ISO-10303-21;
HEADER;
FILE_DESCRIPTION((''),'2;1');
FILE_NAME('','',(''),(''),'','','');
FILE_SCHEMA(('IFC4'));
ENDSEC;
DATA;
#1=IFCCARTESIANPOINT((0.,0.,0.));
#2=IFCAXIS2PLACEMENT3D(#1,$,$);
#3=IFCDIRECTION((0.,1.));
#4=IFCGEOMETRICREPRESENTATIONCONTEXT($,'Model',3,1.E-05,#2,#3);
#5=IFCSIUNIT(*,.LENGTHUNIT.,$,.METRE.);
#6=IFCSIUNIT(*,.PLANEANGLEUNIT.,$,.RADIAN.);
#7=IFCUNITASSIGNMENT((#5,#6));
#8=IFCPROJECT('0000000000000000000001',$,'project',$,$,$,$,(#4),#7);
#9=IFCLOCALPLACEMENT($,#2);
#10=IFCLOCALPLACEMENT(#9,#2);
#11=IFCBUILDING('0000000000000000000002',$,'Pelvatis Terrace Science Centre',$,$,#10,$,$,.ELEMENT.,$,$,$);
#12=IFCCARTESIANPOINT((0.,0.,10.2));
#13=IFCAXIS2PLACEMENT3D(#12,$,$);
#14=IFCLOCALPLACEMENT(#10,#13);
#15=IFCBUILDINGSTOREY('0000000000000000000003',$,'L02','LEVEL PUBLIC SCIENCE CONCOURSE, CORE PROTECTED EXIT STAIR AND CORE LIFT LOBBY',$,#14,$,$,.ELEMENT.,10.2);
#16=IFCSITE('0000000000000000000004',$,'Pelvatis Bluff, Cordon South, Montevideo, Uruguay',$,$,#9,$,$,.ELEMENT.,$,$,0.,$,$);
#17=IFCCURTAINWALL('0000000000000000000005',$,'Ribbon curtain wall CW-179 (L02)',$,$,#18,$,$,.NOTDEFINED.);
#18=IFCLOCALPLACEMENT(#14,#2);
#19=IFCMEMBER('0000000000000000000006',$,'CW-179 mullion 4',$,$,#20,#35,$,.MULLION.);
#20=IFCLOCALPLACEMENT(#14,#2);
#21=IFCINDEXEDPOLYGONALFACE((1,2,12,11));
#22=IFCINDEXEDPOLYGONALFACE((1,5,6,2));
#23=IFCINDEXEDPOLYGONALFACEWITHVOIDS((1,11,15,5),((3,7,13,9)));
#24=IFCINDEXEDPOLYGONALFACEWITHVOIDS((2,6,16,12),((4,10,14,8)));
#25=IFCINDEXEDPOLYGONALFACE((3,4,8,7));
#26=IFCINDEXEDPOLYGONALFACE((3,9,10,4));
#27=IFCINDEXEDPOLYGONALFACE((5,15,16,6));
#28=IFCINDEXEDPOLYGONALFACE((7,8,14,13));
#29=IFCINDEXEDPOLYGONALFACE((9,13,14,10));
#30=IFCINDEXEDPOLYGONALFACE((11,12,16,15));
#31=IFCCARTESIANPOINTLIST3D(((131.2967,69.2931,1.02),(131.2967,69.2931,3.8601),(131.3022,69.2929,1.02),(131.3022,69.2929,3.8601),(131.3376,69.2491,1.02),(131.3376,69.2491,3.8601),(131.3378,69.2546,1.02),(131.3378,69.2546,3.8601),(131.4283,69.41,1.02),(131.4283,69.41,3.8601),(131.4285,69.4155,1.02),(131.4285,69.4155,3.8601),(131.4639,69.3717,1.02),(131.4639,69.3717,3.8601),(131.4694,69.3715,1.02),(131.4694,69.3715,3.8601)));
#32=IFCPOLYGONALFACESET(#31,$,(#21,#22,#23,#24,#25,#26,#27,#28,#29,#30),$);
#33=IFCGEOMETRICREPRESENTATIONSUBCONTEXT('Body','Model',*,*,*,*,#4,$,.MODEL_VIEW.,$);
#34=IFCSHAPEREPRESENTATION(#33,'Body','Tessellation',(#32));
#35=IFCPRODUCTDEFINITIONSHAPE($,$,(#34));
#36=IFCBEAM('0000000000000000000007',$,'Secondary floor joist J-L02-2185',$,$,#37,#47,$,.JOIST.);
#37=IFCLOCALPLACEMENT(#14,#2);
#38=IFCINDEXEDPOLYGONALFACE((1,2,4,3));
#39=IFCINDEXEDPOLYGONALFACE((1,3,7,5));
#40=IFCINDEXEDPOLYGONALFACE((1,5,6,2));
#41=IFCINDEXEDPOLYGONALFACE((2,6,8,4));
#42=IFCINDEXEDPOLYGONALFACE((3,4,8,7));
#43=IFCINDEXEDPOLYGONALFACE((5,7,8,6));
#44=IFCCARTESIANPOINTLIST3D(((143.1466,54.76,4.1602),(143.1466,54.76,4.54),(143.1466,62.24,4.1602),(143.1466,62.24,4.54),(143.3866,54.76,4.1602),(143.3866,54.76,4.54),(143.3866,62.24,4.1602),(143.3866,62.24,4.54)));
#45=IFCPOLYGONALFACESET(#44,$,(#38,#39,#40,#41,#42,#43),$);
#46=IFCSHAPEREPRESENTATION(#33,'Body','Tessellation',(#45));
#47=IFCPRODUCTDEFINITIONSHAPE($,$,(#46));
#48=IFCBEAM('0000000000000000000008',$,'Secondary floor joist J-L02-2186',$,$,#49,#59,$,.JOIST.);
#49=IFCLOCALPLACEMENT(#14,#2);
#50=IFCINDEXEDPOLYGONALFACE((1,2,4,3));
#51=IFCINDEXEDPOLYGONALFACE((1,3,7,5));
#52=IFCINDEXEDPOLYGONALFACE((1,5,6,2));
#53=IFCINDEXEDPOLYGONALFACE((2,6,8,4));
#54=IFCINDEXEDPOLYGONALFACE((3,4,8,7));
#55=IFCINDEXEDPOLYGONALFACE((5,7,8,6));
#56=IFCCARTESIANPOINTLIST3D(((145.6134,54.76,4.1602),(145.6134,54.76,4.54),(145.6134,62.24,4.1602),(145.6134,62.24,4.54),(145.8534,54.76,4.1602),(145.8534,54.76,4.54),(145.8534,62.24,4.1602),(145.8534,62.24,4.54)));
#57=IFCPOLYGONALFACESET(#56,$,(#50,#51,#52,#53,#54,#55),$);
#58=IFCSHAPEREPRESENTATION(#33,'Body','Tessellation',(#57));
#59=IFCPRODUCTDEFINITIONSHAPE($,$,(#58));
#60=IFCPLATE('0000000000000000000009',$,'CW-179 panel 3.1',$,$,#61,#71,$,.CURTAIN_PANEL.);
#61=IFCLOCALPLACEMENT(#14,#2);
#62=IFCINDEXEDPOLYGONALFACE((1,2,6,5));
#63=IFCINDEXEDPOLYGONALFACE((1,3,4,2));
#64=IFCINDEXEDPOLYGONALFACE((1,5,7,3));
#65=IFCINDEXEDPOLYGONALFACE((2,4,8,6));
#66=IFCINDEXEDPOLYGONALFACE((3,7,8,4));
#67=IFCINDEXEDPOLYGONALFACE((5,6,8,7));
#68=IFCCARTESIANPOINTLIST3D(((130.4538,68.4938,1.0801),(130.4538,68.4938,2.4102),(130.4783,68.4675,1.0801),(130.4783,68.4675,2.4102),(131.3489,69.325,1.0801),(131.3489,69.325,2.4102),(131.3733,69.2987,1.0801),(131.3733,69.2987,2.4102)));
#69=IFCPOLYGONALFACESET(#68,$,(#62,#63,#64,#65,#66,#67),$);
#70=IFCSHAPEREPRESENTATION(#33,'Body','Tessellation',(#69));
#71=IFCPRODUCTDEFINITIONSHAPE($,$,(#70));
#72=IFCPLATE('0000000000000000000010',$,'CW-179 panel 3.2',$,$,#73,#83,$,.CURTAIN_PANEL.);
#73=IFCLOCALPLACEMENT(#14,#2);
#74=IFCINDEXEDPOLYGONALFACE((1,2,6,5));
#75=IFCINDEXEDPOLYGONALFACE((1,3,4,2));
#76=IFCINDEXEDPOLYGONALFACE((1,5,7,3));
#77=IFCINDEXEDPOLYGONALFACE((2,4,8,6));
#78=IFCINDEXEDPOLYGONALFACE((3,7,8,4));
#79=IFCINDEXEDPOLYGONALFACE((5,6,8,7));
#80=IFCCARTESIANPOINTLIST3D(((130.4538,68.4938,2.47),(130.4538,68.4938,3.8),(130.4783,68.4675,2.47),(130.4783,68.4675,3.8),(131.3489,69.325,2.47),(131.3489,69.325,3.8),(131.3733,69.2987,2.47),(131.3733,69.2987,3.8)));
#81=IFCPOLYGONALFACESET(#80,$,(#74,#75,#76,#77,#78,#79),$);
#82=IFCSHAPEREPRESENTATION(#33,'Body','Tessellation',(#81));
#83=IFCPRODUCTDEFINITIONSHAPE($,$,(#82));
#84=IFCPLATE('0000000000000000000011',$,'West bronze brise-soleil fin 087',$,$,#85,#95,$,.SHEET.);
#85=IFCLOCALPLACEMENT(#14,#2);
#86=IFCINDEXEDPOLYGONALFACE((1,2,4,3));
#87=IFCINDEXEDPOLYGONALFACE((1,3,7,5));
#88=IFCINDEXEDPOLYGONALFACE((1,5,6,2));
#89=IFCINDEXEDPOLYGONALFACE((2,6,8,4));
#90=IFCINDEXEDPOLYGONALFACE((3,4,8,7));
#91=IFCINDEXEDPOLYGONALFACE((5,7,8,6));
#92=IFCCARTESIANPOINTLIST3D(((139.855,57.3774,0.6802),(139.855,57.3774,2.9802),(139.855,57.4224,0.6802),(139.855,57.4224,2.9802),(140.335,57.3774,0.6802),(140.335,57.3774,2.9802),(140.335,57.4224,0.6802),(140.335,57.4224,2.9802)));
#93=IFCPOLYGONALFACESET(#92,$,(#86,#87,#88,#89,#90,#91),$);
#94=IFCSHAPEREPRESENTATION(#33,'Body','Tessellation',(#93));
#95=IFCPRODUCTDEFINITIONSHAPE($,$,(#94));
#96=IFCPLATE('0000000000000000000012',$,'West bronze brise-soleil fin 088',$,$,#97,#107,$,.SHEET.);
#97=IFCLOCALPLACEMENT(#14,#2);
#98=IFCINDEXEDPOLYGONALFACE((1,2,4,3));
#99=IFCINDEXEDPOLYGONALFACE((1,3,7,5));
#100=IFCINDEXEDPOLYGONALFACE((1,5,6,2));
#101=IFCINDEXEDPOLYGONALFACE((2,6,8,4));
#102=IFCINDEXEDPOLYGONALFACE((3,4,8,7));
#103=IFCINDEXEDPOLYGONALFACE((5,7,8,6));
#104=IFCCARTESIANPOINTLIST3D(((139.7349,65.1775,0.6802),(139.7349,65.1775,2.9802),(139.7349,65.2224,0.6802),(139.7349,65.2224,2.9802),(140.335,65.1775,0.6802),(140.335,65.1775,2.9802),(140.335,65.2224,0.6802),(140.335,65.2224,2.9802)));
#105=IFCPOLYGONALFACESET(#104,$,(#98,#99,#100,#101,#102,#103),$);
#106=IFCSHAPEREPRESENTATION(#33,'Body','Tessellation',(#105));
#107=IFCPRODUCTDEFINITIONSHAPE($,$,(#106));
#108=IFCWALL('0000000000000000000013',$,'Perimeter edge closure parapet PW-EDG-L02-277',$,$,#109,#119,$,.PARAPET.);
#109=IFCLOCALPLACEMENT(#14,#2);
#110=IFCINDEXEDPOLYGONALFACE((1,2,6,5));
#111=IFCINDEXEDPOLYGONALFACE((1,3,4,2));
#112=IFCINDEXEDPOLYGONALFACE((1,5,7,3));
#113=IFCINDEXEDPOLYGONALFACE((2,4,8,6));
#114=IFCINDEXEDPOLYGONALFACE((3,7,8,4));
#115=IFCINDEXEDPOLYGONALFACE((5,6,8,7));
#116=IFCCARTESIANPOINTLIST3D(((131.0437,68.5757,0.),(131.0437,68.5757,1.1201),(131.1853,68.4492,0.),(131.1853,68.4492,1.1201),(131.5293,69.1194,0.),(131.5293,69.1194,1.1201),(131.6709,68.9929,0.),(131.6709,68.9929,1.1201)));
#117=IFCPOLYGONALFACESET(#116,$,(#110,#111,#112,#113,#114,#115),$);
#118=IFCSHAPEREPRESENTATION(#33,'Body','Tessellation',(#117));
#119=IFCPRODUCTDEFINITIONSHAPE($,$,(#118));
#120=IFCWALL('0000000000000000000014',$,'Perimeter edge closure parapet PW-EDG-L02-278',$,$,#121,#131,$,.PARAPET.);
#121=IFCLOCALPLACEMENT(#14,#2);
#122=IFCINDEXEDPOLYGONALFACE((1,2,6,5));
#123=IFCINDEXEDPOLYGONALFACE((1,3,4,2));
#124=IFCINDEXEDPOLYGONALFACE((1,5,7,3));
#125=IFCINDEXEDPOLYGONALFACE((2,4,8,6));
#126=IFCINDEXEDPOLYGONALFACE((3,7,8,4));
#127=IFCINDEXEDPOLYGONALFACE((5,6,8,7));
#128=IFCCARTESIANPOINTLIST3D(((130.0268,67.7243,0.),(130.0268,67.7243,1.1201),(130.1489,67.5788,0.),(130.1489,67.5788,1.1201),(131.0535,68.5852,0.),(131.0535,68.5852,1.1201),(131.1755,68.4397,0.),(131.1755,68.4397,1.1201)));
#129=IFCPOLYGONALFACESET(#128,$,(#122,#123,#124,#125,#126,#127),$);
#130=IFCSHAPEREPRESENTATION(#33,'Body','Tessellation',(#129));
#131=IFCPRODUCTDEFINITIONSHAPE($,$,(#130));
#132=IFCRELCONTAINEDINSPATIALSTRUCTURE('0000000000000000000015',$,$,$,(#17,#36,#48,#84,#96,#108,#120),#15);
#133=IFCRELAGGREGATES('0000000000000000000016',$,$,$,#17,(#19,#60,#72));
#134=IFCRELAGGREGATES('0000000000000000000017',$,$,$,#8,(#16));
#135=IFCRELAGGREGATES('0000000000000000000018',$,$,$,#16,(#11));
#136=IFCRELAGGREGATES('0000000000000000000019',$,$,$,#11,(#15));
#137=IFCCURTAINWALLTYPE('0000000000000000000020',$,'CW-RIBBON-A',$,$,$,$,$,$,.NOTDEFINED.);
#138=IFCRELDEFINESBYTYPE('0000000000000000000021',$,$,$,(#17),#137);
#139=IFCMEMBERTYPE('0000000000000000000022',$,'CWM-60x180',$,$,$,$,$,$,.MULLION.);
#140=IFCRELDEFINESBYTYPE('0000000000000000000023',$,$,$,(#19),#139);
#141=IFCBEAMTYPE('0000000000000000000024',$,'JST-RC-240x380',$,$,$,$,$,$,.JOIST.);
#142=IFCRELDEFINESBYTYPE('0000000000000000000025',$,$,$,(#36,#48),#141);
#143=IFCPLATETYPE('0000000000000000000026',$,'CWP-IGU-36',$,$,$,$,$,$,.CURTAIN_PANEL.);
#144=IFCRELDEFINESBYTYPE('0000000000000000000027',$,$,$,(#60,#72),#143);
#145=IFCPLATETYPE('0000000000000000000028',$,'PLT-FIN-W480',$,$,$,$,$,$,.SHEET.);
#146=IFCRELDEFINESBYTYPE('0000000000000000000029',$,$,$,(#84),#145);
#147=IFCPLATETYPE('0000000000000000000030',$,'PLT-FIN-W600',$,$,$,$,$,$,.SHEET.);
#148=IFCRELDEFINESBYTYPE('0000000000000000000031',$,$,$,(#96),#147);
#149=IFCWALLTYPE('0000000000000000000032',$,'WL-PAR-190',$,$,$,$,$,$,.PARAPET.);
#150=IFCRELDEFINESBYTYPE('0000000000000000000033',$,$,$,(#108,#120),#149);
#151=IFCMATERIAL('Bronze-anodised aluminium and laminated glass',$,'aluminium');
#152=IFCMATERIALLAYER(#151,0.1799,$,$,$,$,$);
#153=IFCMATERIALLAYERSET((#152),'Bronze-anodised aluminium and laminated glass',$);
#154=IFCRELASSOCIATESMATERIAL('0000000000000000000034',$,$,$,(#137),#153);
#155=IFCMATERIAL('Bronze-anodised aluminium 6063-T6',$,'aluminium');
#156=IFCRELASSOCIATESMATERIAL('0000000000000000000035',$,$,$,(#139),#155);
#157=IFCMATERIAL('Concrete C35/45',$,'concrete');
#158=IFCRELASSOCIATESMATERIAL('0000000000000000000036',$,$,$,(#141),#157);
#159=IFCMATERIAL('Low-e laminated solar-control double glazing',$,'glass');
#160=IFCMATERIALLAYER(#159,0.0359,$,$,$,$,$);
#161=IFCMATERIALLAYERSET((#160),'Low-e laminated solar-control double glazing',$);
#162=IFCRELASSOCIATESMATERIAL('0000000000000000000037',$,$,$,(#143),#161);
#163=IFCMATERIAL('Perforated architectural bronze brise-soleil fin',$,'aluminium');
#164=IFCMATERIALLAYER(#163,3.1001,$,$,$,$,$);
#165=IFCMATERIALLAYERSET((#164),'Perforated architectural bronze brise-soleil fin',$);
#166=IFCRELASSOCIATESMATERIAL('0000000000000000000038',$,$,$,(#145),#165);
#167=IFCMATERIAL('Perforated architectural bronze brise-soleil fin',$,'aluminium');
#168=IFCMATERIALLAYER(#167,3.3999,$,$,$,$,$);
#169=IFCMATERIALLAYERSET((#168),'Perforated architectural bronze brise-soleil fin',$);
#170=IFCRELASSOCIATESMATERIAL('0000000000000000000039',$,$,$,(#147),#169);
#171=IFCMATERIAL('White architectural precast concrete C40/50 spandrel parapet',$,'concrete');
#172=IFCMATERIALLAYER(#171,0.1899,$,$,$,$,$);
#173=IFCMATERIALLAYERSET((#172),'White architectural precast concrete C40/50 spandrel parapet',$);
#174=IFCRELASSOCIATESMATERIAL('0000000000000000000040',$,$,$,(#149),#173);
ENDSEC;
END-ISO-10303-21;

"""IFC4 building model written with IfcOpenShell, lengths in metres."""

from ifc_helpers import new_model, si_unit, direction, frame, frame_2d, origin, origin_2d, place, context, subcontext, project, spatial, rectangle, hollow_rectangle, extrude, material, layer, layer_set, material_profile, profile_set, type_object, element, aggregate, save


model = new_model("IFC4")

# Units and contexts
model_context = context("Model", 3, precision=1e-05, world=origin(), true_north=direction((0.0, 1.0)))
body_context = subcontext(model_context, "Body", "Model", "MODEL_VIEW")
ifc_project = project(units=[si_unit("LENGTHUNIT", "METRE"), si_unit("PLANEANGLEUNIT", "RADIAN")], contexts=[model_context])

# Site, building, storey
site_placement = place(None, origin())
site = spatial("IfcSite", under=ifc_project, at=site_placement, Name="Pelvatis Bluff, Cordon South, Montevideo, Uruguay", CompositionType="ELEMENT", RefElevation=0.0)
building_placement = place(site_placement, origin())
building = spatial("IfcBuilding", under=site, at=building_placement, Name="Pelvatis Terrace Science Centre", CompositionType="ELEMENT")
storey_placement = place(building_placement, frame((0.0, 0.0, 10.2)))
storey = spatial("IfcBuildingStorey", under=building, at=storey_placement, Name="L02", Description="LEVEL PUBLIC SCIENCE CONCOURSE, CORE PROTECTED EXIT STAIR AND CORE LIFT LOBBY", CompositionType="ELEMENT", Elevation=10.2)

# Curtain wall, member
ifc_material_1 = material(Name="Bronze-anodised aluminium and laminated glass", Category="aluminium")
ifc_layer_1 = layer(ifc_material_1, 0.1799)
ifc_layer_set_1 = layer_set([ifc_layer_1], Name="Bronze-anodised aluminium and laminated glass")
curtain_wall_type = type_object("IfcCurtainWallType", Name="CW-RIBBON-A", PredefinedType="NOTDEFINED", material=ifc_layer_set_1)
curtain_wall_placement = place(storey_placement, origin())
curtain_wall = element("IfcCurtainWall", 1, at=curtain_wall_placement, inside=storey, type_object=curtain_wall_type, Name="Ribbon curtain wall CW-179 (L02)", PredefinedType="NOTDEFINED")
ifc_material_2 = material(Name="Bronze-anodised aluminium 6063-T6", Category="aluminium")
ifc_material_profile_1 = material_profile(ifc_material_2, hollow_rectangle(XDim=0.0601, YDim=0.1799, WallThickness=0.0039, at=origin_2d()), Name="ALU-MUL 60x180")
ifc_profile_set_1 = profile_set([ifc_material_profile_1], Name="Bronze-anodised aluminium 6063-T6")
member_type = type_object("IfcMemberType", Name="CWM-60x180", PredefinedType="MULLION", material=ifc_profile_set_1)
member_placement = place(storey_placement, frame((131.3831, 69.3323, 1.02), z_axis=(0.0, 0.0, 1.0), x_axis=(-0.68047, 0.732776, 0.0)))
member = element("IfcMember", 2, at=member_placement, type_object=member_type, Name="CW-179 mullion 4", PredefinedType="MULLION", context=body_context, shape_type="SweptSolid", body=[
    extrude(hollow_rectangle(XDim=0.0601, YDim=0.1799, WallThickness=0.0039, at=origin_2d()), origin(), (0.0, 0.0, 1.0), 2.8401),
])

# Beams
ifc_material_3 = material(Name="Concrete C35/45", Category="concrete")
ifc_material_profile_2 = material_profile(ifc_material_3, rectangle(XDim=0.24, YDim=0.3799, at=origin_2d()), Name="RC-JST 240x380")
ifc_profile_set_2 = profile_set([ifc_material_profile_2], Name="Concrete C35/45")
beam_type_1 = type_object("IfcBeamType", Name="JST-RC-240x380", PredefinedType="JOIST", material=ifc_profile_set_2)
for number, where, z_axis, x_axis, name in (
    (3, (143.2666, 54.76, 4.3501), (0.0, 1.0, 0.0), (-1.0, 0.0, 0.0), "Secondary floor joist J-L02-2185"),
    (4, (145.7334, 54.76, 4.3501), (0.0, 1.0, 0.0), (-1.0, 0.0, 0.0), "Secondary floor joist J-L02-2186"),
):
    element("IfcBeam", number, at=place(storey_placement, frame(where, z_axis=z_axis, x_axis=x_axis)), inside=storey, type_object=beam_type_1, Name=name, PredefinedType="JOIST", context=body_context, shape_type="SweptSolid", body=[
        extrude(rectangle(XDim=0.24, YDim=0.3799, at=origin_2d()), origin(), (0.0, 0.0, 1.0), 7.48),
    ])

# Plates
ifc_material_4 = material(Name="Low-e laminated solar-control double glazing", Category="glass")
ifc_layer_2 = layer(ifc_material_4, 0.0359)
ifc_layer_set_2 = layer_set([ifc_layer_2], Name="Low-e laminated solar-control double glazing")
plate_type_1 = type_object("IfcPlateType", Name="CWP-IGU-36", PredefinedType="CURTAIN_PANEL", material=ifc_layer_set_2)
plate_1_placement = place(storey_placement, frame((130.9136, 68.8962, 1.0801), z_axis=(0.0, 0.0, 1.0), x_axis=(0.732776, 0.68047, 0.0)))
plate_1 = element("IfcPlate", 5, at=plate_1_placement, type_object=plate_type_1, Name="CW-179 panel 3.1", PredefinedType="CURTAIN_PANEL", context=body_context, shape_type="SweptSolid", body=[
    extrude(rectangle(XDim=1.2214, YDim=0.0359, at=origin_2d()), origin(), (0.0, 0.0, 1.0), 1.3301),
])
plate_2_placement = place(storey_placement, frame((130.9136, 68.8962, 2.47), z_axis=(0.0, 0.0, 1.0), x_axis=(0.732776, 0.68047, 0.0)))
plate_2 = element("IfcPlate", 6, at=plate_2_placement, type_object=plate_type_1, Name="CW-179 panel 3.2", PredefinedType="CURTAIN_PANEL", context=body_context, shape_type="SweptSolid", body=[
    extrude(rectangle(XDim=1.2214, YDim=0.0359, at=origin_2d()), origin(), (0.0, 0.0, 1.0), 1.3301),
])
aggregate(curtain_wall, [member, plate_1, plate_2])

# Plates
ifc_material_5 = material(Name="Perforated architectural bronze brise-soleil fin", Category="aluminium")
ifc_layer_3 = layer(ifc_material_5, 3.1001)
ifc_layer_set_3 = layer_set([ifc_layer_3], Name="Perforated architectural bronze brise-soleil fin")
plate_type_2 = type_object("IfcPlateType", Name="PLT-FIN-W480", PredefinedType="SHEET", material=ifc_layer_set_3)
plate_3_placement = place(storey_placement, frame((140.095, 57.3999, 0.6802), z_axis=(0.0, 0.0, 1.0), x_axis=(1.0, 0.0, 0.0)))
element("IfcPlate", 7, at=plate_3_placement, inside=storey, type_object=plate_type_2, Name="West bronze brise-soleil fin 087", PredefinedType="SHEET", context=body_context, shape_type="SweptSolid", body=[
    extrude(rectangle(XDim=0.48, YDim=0.0449, at=origin_2d()), origin(), (0.0, 0.0, 1.0), 2.3),
])
ifc_material_6 = material(Name="Perforated architectural bronze brise-soleil fin", Category="aluminium")
ifc_layer_4 = layer(ifc_material_6, 3.3999)
ifc_layer_set_4 = layer_set([ifc_layer_4], Name="Perforated architectural bronze brise-soleil fin")
plate_type_3 = type_object("IfcPlateType", Name="PLT-FIN-W600", PredefinedType="SHEET", material=ifc_layer_set_4)
plate_4_placement = place(storey_placement, frame((140.0349, 65.2, 0.6802), z_axis=(0.0, 0.0, 1.0), x_axis=(1.0, 0.0, 0.0)))
element("IfcPlate", 8, at=plate_4_placement, inside=storey, type_object=plate_type_3, Name="West bronze brise-soleil fin 088", PredefinedType="SHEET", context=body_context, shape_type="SweptSolid", body=[
    extrude(rectangle(XDim=0.6001, YDim=0.0449, at=origin_2d()), origin(), (0.0, 0.0, 1.0), 2.3),
])

# Walls
ifc_material_7 = material(Name="White architectural precast concrete C40/50 spandrel parapet", Category="concrete")
ifc_layer_5 = layer(ifc_material_7, 0.1899)
ifc_layer_set_5 = layer_set([ifc_layer_5], Name="White architectural precast concrete C40/50 spandrel parapet")
wall_type = type_object("IfcWallType", Name="WL-PAR-190", PredefinedType="PARAPET", material=ifc_layer_set_5)
wall_1_placement = place(storey_placement, frame((131.6001, 69.0562, 0.0), z_axis=(0.0, 0.0, 1.0), x_axis=(-0.666129, -0.745837, 0.0)))
element("IfcWall", 9, at=wall_1_placement, inside=storey, type_object=wall_type, Name="Perimeter edge closure parapet PW-EDG-L02-277", PredefinedType="PARAPET", context=body_context, shape_type="SweptSolid", body=[
    extrude(rectangle(XDim=0.729, YDim=0.1899, at=frame_2d((0.3645, 0.0))), origin(), (0.0, 0.0, 1.0), 1.1201),
])
wall_2_placement = place(storey_placement, frame((131.1145, 68.5125, 0.0), z_axis=(0.0, 0.0, 1.0), x_axis=(-0.766261, -0.642529, 0.0)))
element("IfcWall", 10, at=wall_2_placement, inside=storey, type_object=wall_type, Name="Perimeter edge closure parapet PW-EDG-L02-278", PredefinedType="PARAPET", context=body_context, shape_type="SweptSolid", body=[
    extrude(rectangle(XDim=1.3398, YDim=0.1899, at=frame_2d((0.6699, 0.0))), origin(), (0.0, 0.0, 1.0), 1.1201),
])

save(model, "model.ifc")
